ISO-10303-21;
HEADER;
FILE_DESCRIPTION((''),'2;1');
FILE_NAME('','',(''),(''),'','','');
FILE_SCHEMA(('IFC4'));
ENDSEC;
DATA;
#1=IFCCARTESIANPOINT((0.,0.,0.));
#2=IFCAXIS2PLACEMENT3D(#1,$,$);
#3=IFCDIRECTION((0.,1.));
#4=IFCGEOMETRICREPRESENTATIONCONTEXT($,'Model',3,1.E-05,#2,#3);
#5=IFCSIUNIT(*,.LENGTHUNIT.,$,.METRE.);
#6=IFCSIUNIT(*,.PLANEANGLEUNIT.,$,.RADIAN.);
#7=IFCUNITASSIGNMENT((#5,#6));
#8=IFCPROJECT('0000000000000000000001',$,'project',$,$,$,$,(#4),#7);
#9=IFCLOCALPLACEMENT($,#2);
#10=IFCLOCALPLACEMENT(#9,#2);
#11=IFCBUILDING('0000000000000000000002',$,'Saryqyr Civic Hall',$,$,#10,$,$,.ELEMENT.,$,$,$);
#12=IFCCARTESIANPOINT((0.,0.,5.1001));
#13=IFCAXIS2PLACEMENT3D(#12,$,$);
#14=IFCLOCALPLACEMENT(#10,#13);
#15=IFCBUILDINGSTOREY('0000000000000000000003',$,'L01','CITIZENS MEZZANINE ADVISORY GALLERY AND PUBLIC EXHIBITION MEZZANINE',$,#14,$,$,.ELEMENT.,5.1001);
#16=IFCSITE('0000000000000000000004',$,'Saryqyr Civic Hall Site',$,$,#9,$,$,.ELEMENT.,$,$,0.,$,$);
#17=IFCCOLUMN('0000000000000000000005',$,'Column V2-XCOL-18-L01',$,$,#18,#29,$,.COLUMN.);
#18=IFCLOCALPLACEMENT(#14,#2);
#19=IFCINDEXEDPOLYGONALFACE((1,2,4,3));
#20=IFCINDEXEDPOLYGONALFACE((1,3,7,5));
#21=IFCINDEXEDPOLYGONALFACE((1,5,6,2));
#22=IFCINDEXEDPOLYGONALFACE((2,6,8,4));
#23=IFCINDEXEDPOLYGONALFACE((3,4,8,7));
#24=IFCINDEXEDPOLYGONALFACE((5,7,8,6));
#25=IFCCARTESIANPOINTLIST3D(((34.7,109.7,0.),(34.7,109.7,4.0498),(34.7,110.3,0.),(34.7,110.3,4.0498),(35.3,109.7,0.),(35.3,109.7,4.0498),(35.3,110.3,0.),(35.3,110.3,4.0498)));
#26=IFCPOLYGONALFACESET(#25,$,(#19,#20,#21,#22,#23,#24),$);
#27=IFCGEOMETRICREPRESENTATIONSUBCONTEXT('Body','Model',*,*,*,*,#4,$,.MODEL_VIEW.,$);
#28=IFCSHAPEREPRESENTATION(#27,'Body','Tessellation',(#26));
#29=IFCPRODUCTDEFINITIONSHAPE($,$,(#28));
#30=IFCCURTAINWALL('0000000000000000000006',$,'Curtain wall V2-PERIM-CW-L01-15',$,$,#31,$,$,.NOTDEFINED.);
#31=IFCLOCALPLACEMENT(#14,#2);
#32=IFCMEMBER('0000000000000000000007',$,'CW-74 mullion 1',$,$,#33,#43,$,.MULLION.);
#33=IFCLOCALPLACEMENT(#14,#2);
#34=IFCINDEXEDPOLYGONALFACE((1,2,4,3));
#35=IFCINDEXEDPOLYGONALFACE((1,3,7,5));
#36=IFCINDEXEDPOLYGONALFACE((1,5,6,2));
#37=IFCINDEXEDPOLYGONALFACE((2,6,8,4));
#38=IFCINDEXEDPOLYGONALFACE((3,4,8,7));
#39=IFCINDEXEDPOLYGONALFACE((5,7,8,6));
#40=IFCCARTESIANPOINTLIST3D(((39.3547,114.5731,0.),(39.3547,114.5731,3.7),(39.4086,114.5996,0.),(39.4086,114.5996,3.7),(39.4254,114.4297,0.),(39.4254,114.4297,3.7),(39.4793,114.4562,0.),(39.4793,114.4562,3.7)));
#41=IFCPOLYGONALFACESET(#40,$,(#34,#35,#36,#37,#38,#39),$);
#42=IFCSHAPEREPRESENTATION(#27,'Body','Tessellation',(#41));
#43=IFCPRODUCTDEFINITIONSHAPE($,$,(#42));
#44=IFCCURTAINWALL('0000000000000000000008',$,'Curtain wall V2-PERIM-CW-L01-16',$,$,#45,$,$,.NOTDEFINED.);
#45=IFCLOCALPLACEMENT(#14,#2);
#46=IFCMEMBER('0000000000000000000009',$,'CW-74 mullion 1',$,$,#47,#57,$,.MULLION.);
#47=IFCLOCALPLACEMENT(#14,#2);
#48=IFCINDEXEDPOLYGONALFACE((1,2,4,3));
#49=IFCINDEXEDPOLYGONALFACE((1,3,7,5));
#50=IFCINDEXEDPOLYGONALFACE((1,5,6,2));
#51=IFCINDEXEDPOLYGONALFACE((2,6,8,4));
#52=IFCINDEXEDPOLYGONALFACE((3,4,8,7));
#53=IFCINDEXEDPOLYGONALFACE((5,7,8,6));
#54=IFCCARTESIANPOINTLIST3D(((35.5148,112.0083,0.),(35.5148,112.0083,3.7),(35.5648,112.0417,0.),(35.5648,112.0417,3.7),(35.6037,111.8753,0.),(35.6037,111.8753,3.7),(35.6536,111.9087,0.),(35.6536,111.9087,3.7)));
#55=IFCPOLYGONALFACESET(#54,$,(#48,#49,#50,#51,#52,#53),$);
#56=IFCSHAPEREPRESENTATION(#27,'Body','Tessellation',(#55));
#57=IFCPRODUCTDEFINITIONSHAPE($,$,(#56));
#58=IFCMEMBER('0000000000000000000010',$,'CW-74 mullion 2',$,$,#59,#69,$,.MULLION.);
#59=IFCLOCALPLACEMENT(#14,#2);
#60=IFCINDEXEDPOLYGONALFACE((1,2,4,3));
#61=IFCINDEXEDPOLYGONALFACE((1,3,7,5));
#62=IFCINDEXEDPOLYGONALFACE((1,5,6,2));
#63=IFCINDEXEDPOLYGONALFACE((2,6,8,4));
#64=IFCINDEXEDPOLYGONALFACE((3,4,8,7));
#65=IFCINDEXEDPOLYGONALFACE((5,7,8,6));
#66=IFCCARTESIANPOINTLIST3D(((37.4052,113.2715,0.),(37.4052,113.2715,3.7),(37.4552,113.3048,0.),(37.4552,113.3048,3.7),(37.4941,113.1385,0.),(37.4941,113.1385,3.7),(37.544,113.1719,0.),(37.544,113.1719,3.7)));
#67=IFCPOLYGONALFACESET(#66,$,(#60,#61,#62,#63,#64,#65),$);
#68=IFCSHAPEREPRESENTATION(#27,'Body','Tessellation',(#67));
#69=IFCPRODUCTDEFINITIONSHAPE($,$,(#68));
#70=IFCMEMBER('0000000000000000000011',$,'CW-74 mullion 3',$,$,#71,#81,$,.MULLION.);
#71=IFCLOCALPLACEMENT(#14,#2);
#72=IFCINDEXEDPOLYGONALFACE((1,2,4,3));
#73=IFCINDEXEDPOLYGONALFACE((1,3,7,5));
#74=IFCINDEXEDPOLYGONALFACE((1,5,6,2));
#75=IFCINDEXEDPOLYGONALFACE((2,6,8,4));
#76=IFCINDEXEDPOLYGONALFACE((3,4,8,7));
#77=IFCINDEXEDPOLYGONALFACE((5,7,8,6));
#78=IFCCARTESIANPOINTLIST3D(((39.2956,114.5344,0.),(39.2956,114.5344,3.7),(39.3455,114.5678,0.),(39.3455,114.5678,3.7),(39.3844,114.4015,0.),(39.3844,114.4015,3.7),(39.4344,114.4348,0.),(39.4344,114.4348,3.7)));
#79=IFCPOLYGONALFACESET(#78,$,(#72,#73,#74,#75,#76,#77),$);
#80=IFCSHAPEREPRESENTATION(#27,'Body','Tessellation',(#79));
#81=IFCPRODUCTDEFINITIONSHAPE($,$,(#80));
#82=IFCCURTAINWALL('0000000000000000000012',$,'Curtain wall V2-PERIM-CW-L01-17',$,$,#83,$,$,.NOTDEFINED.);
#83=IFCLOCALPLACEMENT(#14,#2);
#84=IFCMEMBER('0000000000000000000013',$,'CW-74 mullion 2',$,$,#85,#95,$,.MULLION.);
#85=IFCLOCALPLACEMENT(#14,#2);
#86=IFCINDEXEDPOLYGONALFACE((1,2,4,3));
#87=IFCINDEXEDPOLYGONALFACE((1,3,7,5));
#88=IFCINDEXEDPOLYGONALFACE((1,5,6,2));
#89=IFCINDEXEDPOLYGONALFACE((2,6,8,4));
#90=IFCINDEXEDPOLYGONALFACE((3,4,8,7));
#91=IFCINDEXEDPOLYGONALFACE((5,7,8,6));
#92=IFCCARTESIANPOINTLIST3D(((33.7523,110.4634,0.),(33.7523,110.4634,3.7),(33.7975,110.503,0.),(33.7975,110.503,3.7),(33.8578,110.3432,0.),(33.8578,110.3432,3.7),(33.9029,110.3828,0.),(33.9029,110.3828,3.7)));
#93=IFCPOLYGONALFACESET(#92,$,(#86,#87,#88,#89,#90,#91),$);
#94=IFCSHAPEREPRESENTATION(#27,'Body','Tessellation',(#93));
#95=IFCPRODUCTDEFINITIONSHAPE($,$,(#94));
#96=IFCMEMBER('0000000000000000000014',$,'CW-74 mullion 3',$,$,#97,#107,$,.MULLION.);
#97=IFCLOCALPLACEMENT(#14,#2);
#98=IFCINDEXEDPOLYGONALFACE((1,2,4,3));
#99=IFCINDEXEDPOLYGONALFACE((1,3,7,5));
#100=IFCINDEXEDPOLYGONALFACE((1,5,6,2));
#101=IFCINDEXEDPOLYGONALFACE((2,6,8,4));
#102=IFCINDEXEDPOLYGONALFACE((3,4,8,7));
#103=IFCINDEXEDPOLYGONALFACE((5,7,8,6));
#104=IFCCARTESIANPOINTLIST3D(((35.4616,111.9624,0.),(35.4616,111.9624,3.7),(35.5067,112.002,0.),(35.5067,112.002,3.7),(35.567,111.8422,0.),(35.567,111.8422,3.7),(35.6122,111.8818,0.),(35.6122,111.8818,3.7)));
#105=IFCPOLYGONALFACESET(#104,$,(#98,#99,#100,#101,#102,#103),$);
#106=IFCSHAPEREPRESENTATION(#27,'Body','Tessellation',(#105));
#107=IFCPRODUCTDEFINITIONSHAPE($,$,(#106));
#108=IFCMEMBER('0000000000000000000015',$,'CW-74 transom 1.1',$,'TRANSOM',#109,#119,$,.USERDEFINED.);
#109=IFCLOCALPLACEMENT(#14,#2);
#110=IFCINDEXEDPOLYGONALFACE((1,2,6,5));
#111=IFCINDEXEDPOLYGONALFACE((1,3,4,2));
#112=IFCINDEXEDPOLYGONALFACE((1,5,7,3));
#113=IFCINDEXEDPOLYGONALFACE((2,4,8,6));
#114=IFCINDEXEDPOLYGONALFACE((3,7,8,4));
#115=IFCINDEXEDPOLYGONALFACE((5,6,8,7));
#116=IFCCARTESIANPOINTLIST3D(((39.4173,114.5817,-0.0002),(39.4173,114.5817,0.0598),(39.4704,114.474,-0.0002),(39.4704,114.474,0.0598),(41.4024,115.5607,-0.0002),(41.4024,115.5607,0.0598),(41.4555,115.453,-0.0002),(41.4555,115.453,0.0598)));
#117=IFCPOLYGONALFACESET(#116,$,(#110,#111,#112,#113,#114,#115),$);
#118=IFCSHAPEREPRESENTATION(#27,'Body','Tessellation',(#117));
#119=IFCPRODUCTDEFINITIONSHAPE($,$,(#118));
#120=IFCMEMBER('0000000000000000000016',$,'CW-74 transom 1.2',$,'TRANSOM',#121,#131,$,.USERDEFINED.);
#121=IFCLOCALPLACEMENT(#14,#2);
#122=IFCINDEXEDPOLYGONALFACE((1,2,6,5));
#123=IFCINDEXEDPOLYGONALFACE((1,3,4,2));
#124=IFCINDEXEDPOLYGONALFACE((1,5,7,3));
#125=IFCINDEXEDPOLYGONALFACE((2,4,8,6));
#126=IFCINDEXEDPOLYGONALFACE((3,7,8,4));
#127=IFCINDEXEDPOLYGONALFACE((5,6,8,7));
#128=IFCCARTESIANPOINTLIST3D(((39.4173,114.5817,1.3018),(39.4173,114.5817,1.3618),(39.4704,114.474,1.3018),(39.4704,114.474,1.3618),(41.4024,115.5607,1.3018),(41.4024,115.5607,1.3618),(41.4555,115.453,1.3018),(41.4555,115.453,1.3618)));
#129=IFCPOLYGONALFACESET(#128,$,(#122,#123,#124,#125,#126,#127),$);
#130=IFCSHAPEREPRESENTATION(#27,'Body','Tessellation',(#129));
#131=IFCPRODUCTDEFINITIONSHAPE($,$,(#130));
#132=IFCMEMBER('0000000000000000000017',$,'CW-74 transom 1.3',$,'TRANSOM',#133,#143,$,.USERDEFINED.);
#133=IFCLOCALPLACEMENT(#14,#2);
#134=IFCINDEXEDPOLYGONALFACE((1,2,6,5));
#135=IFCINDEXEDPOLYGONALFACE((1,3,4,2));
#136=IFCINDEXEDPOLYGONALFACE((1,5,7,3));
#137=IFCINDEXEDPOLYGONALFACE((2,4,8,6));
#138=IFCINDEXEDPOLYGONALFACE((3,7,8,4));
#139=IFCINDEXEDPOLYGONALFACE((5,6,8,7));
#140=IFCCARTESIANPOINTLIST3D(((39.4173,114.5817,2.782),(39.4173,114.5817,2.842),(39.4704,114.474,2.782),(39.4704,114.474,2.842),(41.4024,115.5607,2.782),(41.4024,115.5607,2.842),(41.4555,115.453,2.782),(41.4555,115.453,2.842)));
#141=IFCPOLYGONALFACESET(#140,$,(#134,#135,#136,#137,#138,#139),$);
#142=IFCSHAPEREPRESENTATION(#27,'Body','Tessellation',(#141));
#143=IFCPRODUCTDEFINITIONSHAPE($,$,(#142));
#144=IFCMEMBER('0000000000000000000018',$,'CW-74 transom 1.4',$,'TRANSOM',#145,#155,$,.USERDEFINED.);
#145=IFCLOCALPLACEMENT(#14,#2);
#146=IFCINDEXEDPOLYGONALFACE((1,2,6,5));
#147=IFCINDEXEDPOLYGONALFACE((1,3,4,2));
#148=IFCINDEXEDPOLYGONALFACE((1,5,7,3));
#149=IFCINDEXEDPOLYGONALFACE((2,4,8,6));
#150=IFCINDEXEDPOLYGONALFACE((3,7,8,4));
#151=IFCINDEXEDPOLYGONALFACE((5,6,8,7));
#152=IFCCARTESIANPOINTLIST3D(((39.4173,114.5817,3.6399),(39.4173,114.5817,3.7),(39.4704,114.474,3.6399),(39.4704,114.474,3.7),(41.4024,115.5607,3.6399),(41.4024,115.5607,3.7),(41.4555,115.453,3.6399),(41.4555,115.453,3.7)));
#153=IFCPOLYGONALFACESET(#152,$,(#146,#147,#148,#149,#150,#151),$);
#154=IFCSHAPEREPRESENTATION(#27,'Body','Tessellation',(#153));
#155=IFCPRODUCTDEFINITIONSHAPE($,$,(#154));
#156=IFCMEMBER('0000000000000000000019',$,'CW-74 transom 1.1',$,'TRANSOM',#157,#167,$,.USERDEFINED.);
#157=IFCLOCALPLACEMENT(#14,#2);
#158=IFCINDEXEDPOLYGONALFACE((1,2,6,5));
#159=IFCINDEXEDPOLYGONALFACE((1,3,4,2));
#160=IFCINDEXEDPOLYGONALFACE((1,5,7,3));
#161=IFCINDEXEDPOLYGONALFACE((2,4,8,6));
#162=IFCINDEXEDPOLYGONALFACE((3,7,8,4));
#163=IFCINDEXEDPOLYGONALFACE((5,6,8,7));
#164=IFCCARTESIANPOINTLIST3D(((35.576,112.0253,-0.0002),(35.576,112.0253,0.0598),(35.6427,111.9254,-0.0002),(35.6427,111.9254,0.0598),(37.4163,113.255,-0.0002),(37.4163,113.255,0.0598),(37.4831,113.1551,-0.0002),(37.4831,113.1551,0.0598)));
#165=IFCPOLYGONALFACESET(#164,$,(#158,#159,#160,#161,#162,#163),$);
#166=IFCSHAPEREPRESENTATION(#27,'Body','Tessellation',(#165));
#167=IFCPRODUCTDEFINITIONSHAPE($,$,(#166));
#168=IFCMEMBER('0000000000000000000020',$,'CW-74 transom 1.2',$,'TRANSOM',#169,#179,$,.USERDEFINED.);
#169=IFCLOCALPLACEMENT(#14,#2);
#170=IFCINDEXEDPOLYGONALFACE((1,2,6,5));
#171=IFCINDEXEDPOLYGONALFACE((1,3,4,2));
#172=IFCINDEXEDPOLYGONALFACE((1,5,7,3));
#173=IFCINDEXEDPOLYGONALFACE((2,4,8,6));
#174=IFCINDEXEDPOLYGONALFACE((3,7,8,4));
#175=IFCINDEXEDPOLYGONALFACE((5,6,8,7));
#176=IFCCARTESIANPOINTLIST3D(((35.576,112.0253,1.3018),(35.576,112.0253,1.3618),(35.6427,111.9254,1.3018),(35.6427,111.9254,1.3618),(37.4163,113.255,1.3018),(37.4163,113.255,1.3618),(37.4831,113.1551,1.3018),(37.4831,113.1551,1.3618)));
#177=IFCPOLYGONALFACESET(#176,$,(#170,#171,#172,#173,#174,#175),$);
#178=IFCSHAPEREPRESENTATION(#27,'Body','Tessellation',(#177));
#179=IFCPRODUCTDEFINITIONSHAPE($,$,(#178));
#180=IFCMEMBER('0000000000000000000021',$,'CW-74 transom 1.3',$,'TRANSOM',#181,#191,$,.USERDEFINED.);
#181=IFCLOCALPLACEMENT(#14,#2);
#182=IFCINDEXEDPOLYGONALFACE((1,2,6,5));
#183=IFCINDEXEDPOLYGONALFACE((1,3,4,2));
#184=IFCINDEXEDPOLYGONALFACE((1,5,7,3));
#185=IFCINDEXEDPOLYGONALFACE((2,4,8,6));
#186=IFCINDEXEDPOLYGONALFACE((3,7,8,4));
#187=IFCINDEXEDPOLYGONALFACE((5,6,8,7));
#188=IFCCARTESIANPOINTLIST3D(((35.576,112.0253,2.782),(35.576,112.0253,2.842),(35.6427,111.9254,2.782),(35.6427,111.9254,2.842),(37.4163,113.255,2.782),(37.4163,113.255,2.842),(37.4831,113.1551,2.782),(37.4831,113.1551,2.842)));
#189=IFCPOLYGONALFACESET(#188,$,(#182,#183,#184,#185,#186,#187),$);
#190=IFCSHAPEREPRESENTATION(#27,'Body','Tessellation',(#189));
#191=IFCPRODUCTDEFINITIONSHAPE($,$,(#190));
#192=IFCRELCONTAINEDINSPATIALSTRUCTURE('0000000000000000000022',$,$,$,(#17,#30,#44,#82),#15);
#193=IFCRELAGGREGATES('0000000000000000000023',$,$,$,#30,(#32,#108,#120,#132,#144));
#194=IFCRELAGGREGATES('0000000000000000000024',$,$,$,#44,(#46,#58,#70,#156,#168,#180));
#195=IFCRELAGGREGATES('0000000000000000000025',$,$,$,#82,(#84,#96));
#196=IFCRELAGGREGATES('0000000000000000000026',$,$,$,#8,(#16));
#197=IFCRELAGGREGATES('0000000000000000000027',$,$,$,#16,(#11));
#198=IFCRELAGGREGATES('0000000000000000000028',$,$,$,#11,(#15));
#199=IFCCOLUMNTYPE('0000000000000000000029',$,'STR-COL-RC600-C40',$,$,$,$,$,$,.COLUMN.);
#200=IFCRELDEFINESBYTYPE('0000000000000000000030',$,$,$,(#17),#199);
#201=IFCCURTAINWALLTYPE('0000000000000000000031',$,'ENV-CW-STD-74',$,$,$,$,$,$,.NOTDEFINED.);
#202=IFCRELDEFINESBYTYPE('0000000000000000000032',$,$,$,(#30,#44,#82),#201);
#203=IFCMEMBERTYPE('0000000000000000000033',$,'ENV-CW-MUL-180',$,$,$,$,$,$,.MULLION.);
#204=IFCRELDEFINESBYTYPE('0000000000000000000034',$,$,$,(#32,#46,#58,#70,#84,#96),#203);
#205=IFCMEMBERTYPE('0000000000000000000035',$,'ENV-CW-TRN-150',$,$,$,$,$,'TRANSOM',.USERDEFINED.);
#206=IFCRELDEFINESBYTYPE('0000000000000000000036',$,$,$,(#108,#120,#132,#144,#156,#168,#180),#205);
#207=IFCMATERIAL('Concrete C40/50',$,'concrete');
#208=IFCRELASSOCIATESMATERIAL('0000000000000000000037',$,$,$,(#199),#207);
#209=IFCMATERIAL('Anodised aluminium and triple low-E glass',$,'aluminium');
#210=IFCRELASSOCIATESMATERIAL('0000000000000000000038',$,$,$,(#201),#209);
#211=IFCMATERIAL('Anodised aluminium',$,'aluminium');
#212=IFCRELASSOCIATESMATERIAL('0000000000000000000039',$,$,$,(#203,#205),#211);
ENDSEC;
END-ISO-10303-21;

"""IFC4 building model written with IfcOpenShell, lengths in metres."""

from ifc_helpers import new_model, si_unit, direction, frame, origin, origin_2d, place, context, subcontext, project, spatial, rectangle, extrude, material, material_profile, profile_set, type_object, element, aggregate, save


model = new_model("IFC4")

# Units and contexts
model_context = context("Model", 3, precision=1e-05, world=origin(), true_north=direction((0.0, 1.0)))
body_context = subcontext(model_context, "Body", "Model", "MODEL_VIEW")
ifc_project = project(units=[si_unit("LENGTHUNIT", "METRE"), si_unit("PLANEANGLEUNIT", "RADIAN")], contexts=[model_context])

# Site, building, storey
site_placement = place(None, origin())
site = spatial("IfcSite", under=ifc_project, at=site_placement, Name="Saryqyr Civic Hall Site", CompositionType="ELEMENT", RefElevation=0.0)
building_placement = place(site_placement, origin())
building = spatial("IfcBuilding", under=site, at=building_placement, Name="Saryqyr Civic Hall", CompositionType="ELEMENT")
storey_placement = place(building_placement, frame((0.0, 0.0, 5.1001)))
storey = spatial("IfcBuildingStorey", under=building, at=storey_placement, Name="L01", Description="CITIZENS MEZZANINE ADVISORY GALLERY AND PUBLIC EXHIBITION MEZZANINE", CompositionType="ELEMENT", Elevation=5.1001)

# Column
ifc_material_1 = material(Name="Concrete C40/50", Category="concrete")
ifc_material_profile_1 = material_profile(ifc_material_1, rectangle(XDim=0.6001, YDim=0.6001, at=origin_2d()), Name="RC 600x600")
ifc_profile_set_1 = profile_set([ifc_material_profile_1], Name="Concrete C40/50")
column_type = type_object("IfcColumnType", Name="STR-COL-RC600-C40", PredefinedType="COLUMN", material=ifc_profile_set_1)
column_placement = place(storey_placement, frame((35.0, 110.0, 0.0), z_axis=(0.0, 0.0, 1.0), x_axis=(1.0, 0.0, 0.0)))
element("IfcColumn", 1, at=column_placement, inside=storey, type_object=column_type, Name="Column V2-XCOL-18-L01", PredefinedType="COLUMN", context=body_context, shape_type="SweptSolid", body=[
    extrude(rectangle(XDim=0.6001, YDim=0.6001, at=origin_2d()), origin(), (0.0, 0.0, 1.0), 4.0498),
])

# Curtain wall, member
ifc_material_2 = material(Name="Anodised aluminium and triple low-E glass", Category="aluminium")
curtain_wall_type = type_object("IfcCurtainWallType", Name="ENV-CW-STD-74", PredefinedType="NOTDEFINED", material=ifc_material_2)
curtain_wall_1_placement = place(storey_placement, origin())
curtain_wall_1 = element("IfcCurtainWall", 2, at=curtain_wall_1_placement, inside=storey, type_object=curtain_wall_type, Name="Curtain wall V2-PERIM-CW-L01-15", PredefinedType="NOTDEFINED")
ifc_material_3 = material(Name="Anodised aluminium", Category="aluminium")
ifc_material_profile_2 = material_profile(ifc_material_3, rectangle(XDim=0.0601, YDim=0.1599, at=origin_2d()), Name="ALU MULLION 60x160")
ifc_profile_set_2 = profile_set([ifc_material_profile_2], Name="Anodised aluminium")
member_type_1 = type_object("IfcMemberType", Name="ENV-CW-MUL-180", PredefinedType="MULLION", material=ifc_profile_set_2)
member_1_placement = place(storey_placement, frame((39.417, 114.5146, 0.0), z_axis=(0.0, 0.0, 1.0), x_axis=(0.896875, 0.442284, 0.0)))
member_1 = element("IfcMember", 3, at=member_1_placement, type_object=member_type_1, Name="CW-74 mullion 1", PredefinedType="MULLION", context=body_context, shape_type="SweptSolid", body=[
    extrude(rectangle(XDim=0.0601, YDim=0.1599, at=origin_2d()), origin(), (0.0, 0.0, 1.0), 3.7),
])

# Curtain walls, members
curtain_wall_2_placement = place(storey_placement, origin())
curtain_wall_2 = element("IfcCurtainWall", 4, at=curtain_wall_2_placement, inside=storey, type_object=curtain_wall_type, Name="Curtain wall V2-PERIM-CW-L01-16", PredefinedType="NOTDEFINED")
member_2_placement = place(storey_placement, frame((35.5842, 111.9585, 0.0), z_axis=(0.0, 0.0, 1.0), x_axis=(0.831472, 0.555566, 0.0)))
member_2 = element("IfcMember", 5, at=member_2_placement, type_object=member_type_1, Name="CW-74 mullion 1", PredefinedType="MULLION", context=body_context, shape_type="SweptSolid", body=[
    extrude(rectangle(XDim=0.0601, YDim=0.1599, at=origin_2d()), origin(), (0.0, 0.0, 1.0), 3.7),
])
member_3_placement = place(storey_placement, frame((37.4746, 113.2217, 0.0), z_axis=(0.0, 0.0, 1.0), x_axis=(0.831472, 0.555566, 0.0)))
member_3 = element("IfcMember", 6, at=member_3_placement, type_object=member_type_1, Name="CW-74 mullion 2", PredefinedType="MULLION", context=body_context, shape_type="SweptSolid", body=[
    extrude(rectangle(XDim=0.0601, YDim=0.1599, at=origin_2d()), origin(), (0.0, 0.0, 1.0), 3.7),
])
member_4_placement = place(storey_placement, frame((39.365, 114.4846, 0.0), z_axis=(0.0, 0.0, 1.0), x_axis=(0.831472, 0.555566, 0.0)))
member_4 = element("IfcMember", 7, at=member_4_placement, type_object=member_type_1, Name="CW-74 mullion 3", PredefinedType="MULLION", context=body_context, shape_type="SweptSolid", body=[
    extrude(rectangle(XDim=0.0601, YDim=0.1599, at=origin_2d()), origin(), (0.0, 0.0, 1.0), 3.7),
])
curtain_wall_3_placement = place(storey_placement, origin())
curtain_wall_3 = element("IfcCurtainWall", 8, at=curtain_wall_3_placement, inside=storey, type_object=curtain_wall_type, Name="Curtain wall V2-PERIM-CW-L01-17", PredefinedType="NOTDEFINED")
member_5_placement = place(storey_placement, frame((33.8276, 110.4231, 0.0), z_axis=(0.0, 0.0, 1.0), x_axis=(0.751838, 0.659348, 0.0)))
member_5 = element("IfcMember", 9, at=member_5_placement, type_object=member_type_1, Name="CW-74 mullion 2", PredefinedType="MULLION", context=body_context, shape_type="SweptSolid", body=[
    extrude(rectangle(XDim=0.0601, YDim=0.1599, at=origin_2d()), origin(), (0.0, 0.0, 1.0), 3.7),
])
member_6_placement = place(storey_placement, frame((35.5369, 111.9221, 0.0), z_axis=(0.0, 0.0, 1.0), x_axis=(0.751838, 0.659348, 0.0)))
member_6 = element("IfcMember", 10, at=member_6_placement, type_object=member_type_1, Name="CW-74 mullion 3", PredefinedType="MULLION", context=body_context, shape_type="SweptSolid", body=[
    extrude(rectangle(XDim=0.0601, YDim=0.1599, at=origin_2d()), origin(), (0.0, 0.0, 1.0), 3.7),
])

# Members
ifc_material_profile_3 = material_profile(ifc_material_3, rectangle(XDim=0.1201, YDim=0.0601, at=origin_2d()), Name="ALU TRANSOM 120x60")
ifc_profile_set_3 = profile_set([ifc_material_profile_3], Name="Anodised aluminium")
member_type_2 = type_object("IfcMemberType", Name="ENV-CW-TRN-150", ElementType="TRANSOM", PredefinedType="USERDEFINED", material=ifc_profile_set_3)
member_7_placement = place(storey_placement, frame((39.4438, 114.5278, 0.0298), z_axis=(0.896862, 0.442309, 0.0), x_axis=(-0.442309, 0.896862, 0.0)))
member_7 = element("IfcMember", 11, at=member_7_placement, type_object=member_type_2, Name="CW-74 transom 1.1", ObjectType="TRANSOM", PredefinedType="USERDEFINED", context=body_context, shape_type="SweptSolid", body=[
    extrude(rectangle(XDim=0.1201, YDim=0.0601, at=origin_2d()), origin(), (0.0, 0.0, 1.0), 2.2134),
])
member_8_placement = place(storey_placement, frame((39.4438, 114.5278, 1.3318), z_axis=(0.896862, 0.442309, 0.0), x_axis=(-0.442309, 0.896862, 0.0)))
member_8 = element("IfcMember", 12, at=member_8_placement, type_object=member_type_2, Name="CW-74 transom 1.2", ObjectType="TRANSOM", PredefinedType="USERDEFINED", context=body_context, shape_type="SweptSolid", body=[
    extrude(rectangle(XDim=0.1201, YDim=0.0601, at=origin_2d()), origin(), (0.0, 0.0, 1.0), 2.2134),
])
member_9_placement = place(storey_placement, frame((39.4438, 114.5278, 2.812), z_axis=(0.896862, 0.442309, 0.0), x_axis=(-0.442309, 0.896862, 0.0)))
member_9 = element("IfcMember", 13, at=member_9_placement, type_object=member_type_2, Name="CW-74 transom 1.3", ObjectType="TRANSOM", PredefinedType="USERDEFINED", context=body_context, shape_type="SweptSolid", body=[
    extrude(rectangle(XDim=0.1201, YDim=0.0601, at=origin_2d()), origin(), (0.0, 0.0, 1.0), 2.2134),
])
member_10_placement = place(storey_placement, frame((39.4438, 114.5278, 3.6699), z_axis=(0.896862, 0.442309, 0.0), x_axis=(-0.442309, 0.896862, 0.0)))
member_10 = element("IfcMember", 14, at=member_10_placement, type_object=member_type_2, Name="CW-74 transom 1.4", ObjectType="TRANSOM", PredefinedType="USERDEFINED", context=body_context, shape_type="SweptSolid", body=[
    extrude(rectangle(XDim=0.1201, YDim=0.0601, at=origin_2d()), origin(), (0.0, 0.0, 1.0), 2.2134),
])
member_11_placement = place(storey_placement, frame((35.6094, 111.9753, 0.0298), z_axis=(0.831456, 0.555591, 0.0), x_axis=(-0.555591, 0.831456, 0.0)))
member_11 = element("IfcMember", 15, at=member_11_placement, type_object=member_type_2, Name="CW-74 transom 1.1", ObjectType="TRANSOM", PredefinedType="USERDEFINED", context=body_context, shape_type="SweptSolid", body=[
    extrude(rectangle(XDim=0.1201, YDim=0.0601, at=origin_2d()), origin(), (0.0, 0.0, 1.0), 2.2134),
])
member_12_placement = place(storey_placement, frame((35.6094, 111.9753, 1.3318), z_axis=(0.831456, 0.555591, 0.0), x_axis=(-0.555591, 0.831456, 0.0)))
member_12 = element("IfcMember", 16, at=member_12_placement, type_object=member_type_2, Name="CW-74 transom 1.2", ObjectType="TRANSOM", PredefinedType="USERDEFINED", context=body_context, shape_type="SweptSolid", body=[
    extrude(rectangle(XDim=0.1201, YDim=0.0601, at=origin_2d()), origin(), (0.0, 0.0, 1.0), 2.2134),
])
member_13_placement = place(storey_placement, frame((35.6094, 111.9753, 2.812), z_axis=(0.831456, 0.555591, 0.0), x_axis=(-0.555591, 0.831456, 0.0)))
member_13 = element("IfcMember", 17, at=member_13_placement, type_object=member_type_2, Name="CW-74 transom 1.3", ObjectType="TRANSOM", PredefinedType="USERDEFINED", context=body_context, shape_type="SweptSolid", body=[
    extrude(rectangle(XDim=0.1201, YDim=0.0601, at=origin_2d()), origin(), (0.0, 0.0, 1.0), 2.2134),
])

aggregate(curtain_wall_1, [member_1, member_7, member_8, member_9, member_10])
aggregate(curtain_wall_2, [member_2, member_3, member_4, member_11, member_12, member_13])
aggregate(curtain_wall_3, [member_5, member_6])

save(model, "model.ifc")
